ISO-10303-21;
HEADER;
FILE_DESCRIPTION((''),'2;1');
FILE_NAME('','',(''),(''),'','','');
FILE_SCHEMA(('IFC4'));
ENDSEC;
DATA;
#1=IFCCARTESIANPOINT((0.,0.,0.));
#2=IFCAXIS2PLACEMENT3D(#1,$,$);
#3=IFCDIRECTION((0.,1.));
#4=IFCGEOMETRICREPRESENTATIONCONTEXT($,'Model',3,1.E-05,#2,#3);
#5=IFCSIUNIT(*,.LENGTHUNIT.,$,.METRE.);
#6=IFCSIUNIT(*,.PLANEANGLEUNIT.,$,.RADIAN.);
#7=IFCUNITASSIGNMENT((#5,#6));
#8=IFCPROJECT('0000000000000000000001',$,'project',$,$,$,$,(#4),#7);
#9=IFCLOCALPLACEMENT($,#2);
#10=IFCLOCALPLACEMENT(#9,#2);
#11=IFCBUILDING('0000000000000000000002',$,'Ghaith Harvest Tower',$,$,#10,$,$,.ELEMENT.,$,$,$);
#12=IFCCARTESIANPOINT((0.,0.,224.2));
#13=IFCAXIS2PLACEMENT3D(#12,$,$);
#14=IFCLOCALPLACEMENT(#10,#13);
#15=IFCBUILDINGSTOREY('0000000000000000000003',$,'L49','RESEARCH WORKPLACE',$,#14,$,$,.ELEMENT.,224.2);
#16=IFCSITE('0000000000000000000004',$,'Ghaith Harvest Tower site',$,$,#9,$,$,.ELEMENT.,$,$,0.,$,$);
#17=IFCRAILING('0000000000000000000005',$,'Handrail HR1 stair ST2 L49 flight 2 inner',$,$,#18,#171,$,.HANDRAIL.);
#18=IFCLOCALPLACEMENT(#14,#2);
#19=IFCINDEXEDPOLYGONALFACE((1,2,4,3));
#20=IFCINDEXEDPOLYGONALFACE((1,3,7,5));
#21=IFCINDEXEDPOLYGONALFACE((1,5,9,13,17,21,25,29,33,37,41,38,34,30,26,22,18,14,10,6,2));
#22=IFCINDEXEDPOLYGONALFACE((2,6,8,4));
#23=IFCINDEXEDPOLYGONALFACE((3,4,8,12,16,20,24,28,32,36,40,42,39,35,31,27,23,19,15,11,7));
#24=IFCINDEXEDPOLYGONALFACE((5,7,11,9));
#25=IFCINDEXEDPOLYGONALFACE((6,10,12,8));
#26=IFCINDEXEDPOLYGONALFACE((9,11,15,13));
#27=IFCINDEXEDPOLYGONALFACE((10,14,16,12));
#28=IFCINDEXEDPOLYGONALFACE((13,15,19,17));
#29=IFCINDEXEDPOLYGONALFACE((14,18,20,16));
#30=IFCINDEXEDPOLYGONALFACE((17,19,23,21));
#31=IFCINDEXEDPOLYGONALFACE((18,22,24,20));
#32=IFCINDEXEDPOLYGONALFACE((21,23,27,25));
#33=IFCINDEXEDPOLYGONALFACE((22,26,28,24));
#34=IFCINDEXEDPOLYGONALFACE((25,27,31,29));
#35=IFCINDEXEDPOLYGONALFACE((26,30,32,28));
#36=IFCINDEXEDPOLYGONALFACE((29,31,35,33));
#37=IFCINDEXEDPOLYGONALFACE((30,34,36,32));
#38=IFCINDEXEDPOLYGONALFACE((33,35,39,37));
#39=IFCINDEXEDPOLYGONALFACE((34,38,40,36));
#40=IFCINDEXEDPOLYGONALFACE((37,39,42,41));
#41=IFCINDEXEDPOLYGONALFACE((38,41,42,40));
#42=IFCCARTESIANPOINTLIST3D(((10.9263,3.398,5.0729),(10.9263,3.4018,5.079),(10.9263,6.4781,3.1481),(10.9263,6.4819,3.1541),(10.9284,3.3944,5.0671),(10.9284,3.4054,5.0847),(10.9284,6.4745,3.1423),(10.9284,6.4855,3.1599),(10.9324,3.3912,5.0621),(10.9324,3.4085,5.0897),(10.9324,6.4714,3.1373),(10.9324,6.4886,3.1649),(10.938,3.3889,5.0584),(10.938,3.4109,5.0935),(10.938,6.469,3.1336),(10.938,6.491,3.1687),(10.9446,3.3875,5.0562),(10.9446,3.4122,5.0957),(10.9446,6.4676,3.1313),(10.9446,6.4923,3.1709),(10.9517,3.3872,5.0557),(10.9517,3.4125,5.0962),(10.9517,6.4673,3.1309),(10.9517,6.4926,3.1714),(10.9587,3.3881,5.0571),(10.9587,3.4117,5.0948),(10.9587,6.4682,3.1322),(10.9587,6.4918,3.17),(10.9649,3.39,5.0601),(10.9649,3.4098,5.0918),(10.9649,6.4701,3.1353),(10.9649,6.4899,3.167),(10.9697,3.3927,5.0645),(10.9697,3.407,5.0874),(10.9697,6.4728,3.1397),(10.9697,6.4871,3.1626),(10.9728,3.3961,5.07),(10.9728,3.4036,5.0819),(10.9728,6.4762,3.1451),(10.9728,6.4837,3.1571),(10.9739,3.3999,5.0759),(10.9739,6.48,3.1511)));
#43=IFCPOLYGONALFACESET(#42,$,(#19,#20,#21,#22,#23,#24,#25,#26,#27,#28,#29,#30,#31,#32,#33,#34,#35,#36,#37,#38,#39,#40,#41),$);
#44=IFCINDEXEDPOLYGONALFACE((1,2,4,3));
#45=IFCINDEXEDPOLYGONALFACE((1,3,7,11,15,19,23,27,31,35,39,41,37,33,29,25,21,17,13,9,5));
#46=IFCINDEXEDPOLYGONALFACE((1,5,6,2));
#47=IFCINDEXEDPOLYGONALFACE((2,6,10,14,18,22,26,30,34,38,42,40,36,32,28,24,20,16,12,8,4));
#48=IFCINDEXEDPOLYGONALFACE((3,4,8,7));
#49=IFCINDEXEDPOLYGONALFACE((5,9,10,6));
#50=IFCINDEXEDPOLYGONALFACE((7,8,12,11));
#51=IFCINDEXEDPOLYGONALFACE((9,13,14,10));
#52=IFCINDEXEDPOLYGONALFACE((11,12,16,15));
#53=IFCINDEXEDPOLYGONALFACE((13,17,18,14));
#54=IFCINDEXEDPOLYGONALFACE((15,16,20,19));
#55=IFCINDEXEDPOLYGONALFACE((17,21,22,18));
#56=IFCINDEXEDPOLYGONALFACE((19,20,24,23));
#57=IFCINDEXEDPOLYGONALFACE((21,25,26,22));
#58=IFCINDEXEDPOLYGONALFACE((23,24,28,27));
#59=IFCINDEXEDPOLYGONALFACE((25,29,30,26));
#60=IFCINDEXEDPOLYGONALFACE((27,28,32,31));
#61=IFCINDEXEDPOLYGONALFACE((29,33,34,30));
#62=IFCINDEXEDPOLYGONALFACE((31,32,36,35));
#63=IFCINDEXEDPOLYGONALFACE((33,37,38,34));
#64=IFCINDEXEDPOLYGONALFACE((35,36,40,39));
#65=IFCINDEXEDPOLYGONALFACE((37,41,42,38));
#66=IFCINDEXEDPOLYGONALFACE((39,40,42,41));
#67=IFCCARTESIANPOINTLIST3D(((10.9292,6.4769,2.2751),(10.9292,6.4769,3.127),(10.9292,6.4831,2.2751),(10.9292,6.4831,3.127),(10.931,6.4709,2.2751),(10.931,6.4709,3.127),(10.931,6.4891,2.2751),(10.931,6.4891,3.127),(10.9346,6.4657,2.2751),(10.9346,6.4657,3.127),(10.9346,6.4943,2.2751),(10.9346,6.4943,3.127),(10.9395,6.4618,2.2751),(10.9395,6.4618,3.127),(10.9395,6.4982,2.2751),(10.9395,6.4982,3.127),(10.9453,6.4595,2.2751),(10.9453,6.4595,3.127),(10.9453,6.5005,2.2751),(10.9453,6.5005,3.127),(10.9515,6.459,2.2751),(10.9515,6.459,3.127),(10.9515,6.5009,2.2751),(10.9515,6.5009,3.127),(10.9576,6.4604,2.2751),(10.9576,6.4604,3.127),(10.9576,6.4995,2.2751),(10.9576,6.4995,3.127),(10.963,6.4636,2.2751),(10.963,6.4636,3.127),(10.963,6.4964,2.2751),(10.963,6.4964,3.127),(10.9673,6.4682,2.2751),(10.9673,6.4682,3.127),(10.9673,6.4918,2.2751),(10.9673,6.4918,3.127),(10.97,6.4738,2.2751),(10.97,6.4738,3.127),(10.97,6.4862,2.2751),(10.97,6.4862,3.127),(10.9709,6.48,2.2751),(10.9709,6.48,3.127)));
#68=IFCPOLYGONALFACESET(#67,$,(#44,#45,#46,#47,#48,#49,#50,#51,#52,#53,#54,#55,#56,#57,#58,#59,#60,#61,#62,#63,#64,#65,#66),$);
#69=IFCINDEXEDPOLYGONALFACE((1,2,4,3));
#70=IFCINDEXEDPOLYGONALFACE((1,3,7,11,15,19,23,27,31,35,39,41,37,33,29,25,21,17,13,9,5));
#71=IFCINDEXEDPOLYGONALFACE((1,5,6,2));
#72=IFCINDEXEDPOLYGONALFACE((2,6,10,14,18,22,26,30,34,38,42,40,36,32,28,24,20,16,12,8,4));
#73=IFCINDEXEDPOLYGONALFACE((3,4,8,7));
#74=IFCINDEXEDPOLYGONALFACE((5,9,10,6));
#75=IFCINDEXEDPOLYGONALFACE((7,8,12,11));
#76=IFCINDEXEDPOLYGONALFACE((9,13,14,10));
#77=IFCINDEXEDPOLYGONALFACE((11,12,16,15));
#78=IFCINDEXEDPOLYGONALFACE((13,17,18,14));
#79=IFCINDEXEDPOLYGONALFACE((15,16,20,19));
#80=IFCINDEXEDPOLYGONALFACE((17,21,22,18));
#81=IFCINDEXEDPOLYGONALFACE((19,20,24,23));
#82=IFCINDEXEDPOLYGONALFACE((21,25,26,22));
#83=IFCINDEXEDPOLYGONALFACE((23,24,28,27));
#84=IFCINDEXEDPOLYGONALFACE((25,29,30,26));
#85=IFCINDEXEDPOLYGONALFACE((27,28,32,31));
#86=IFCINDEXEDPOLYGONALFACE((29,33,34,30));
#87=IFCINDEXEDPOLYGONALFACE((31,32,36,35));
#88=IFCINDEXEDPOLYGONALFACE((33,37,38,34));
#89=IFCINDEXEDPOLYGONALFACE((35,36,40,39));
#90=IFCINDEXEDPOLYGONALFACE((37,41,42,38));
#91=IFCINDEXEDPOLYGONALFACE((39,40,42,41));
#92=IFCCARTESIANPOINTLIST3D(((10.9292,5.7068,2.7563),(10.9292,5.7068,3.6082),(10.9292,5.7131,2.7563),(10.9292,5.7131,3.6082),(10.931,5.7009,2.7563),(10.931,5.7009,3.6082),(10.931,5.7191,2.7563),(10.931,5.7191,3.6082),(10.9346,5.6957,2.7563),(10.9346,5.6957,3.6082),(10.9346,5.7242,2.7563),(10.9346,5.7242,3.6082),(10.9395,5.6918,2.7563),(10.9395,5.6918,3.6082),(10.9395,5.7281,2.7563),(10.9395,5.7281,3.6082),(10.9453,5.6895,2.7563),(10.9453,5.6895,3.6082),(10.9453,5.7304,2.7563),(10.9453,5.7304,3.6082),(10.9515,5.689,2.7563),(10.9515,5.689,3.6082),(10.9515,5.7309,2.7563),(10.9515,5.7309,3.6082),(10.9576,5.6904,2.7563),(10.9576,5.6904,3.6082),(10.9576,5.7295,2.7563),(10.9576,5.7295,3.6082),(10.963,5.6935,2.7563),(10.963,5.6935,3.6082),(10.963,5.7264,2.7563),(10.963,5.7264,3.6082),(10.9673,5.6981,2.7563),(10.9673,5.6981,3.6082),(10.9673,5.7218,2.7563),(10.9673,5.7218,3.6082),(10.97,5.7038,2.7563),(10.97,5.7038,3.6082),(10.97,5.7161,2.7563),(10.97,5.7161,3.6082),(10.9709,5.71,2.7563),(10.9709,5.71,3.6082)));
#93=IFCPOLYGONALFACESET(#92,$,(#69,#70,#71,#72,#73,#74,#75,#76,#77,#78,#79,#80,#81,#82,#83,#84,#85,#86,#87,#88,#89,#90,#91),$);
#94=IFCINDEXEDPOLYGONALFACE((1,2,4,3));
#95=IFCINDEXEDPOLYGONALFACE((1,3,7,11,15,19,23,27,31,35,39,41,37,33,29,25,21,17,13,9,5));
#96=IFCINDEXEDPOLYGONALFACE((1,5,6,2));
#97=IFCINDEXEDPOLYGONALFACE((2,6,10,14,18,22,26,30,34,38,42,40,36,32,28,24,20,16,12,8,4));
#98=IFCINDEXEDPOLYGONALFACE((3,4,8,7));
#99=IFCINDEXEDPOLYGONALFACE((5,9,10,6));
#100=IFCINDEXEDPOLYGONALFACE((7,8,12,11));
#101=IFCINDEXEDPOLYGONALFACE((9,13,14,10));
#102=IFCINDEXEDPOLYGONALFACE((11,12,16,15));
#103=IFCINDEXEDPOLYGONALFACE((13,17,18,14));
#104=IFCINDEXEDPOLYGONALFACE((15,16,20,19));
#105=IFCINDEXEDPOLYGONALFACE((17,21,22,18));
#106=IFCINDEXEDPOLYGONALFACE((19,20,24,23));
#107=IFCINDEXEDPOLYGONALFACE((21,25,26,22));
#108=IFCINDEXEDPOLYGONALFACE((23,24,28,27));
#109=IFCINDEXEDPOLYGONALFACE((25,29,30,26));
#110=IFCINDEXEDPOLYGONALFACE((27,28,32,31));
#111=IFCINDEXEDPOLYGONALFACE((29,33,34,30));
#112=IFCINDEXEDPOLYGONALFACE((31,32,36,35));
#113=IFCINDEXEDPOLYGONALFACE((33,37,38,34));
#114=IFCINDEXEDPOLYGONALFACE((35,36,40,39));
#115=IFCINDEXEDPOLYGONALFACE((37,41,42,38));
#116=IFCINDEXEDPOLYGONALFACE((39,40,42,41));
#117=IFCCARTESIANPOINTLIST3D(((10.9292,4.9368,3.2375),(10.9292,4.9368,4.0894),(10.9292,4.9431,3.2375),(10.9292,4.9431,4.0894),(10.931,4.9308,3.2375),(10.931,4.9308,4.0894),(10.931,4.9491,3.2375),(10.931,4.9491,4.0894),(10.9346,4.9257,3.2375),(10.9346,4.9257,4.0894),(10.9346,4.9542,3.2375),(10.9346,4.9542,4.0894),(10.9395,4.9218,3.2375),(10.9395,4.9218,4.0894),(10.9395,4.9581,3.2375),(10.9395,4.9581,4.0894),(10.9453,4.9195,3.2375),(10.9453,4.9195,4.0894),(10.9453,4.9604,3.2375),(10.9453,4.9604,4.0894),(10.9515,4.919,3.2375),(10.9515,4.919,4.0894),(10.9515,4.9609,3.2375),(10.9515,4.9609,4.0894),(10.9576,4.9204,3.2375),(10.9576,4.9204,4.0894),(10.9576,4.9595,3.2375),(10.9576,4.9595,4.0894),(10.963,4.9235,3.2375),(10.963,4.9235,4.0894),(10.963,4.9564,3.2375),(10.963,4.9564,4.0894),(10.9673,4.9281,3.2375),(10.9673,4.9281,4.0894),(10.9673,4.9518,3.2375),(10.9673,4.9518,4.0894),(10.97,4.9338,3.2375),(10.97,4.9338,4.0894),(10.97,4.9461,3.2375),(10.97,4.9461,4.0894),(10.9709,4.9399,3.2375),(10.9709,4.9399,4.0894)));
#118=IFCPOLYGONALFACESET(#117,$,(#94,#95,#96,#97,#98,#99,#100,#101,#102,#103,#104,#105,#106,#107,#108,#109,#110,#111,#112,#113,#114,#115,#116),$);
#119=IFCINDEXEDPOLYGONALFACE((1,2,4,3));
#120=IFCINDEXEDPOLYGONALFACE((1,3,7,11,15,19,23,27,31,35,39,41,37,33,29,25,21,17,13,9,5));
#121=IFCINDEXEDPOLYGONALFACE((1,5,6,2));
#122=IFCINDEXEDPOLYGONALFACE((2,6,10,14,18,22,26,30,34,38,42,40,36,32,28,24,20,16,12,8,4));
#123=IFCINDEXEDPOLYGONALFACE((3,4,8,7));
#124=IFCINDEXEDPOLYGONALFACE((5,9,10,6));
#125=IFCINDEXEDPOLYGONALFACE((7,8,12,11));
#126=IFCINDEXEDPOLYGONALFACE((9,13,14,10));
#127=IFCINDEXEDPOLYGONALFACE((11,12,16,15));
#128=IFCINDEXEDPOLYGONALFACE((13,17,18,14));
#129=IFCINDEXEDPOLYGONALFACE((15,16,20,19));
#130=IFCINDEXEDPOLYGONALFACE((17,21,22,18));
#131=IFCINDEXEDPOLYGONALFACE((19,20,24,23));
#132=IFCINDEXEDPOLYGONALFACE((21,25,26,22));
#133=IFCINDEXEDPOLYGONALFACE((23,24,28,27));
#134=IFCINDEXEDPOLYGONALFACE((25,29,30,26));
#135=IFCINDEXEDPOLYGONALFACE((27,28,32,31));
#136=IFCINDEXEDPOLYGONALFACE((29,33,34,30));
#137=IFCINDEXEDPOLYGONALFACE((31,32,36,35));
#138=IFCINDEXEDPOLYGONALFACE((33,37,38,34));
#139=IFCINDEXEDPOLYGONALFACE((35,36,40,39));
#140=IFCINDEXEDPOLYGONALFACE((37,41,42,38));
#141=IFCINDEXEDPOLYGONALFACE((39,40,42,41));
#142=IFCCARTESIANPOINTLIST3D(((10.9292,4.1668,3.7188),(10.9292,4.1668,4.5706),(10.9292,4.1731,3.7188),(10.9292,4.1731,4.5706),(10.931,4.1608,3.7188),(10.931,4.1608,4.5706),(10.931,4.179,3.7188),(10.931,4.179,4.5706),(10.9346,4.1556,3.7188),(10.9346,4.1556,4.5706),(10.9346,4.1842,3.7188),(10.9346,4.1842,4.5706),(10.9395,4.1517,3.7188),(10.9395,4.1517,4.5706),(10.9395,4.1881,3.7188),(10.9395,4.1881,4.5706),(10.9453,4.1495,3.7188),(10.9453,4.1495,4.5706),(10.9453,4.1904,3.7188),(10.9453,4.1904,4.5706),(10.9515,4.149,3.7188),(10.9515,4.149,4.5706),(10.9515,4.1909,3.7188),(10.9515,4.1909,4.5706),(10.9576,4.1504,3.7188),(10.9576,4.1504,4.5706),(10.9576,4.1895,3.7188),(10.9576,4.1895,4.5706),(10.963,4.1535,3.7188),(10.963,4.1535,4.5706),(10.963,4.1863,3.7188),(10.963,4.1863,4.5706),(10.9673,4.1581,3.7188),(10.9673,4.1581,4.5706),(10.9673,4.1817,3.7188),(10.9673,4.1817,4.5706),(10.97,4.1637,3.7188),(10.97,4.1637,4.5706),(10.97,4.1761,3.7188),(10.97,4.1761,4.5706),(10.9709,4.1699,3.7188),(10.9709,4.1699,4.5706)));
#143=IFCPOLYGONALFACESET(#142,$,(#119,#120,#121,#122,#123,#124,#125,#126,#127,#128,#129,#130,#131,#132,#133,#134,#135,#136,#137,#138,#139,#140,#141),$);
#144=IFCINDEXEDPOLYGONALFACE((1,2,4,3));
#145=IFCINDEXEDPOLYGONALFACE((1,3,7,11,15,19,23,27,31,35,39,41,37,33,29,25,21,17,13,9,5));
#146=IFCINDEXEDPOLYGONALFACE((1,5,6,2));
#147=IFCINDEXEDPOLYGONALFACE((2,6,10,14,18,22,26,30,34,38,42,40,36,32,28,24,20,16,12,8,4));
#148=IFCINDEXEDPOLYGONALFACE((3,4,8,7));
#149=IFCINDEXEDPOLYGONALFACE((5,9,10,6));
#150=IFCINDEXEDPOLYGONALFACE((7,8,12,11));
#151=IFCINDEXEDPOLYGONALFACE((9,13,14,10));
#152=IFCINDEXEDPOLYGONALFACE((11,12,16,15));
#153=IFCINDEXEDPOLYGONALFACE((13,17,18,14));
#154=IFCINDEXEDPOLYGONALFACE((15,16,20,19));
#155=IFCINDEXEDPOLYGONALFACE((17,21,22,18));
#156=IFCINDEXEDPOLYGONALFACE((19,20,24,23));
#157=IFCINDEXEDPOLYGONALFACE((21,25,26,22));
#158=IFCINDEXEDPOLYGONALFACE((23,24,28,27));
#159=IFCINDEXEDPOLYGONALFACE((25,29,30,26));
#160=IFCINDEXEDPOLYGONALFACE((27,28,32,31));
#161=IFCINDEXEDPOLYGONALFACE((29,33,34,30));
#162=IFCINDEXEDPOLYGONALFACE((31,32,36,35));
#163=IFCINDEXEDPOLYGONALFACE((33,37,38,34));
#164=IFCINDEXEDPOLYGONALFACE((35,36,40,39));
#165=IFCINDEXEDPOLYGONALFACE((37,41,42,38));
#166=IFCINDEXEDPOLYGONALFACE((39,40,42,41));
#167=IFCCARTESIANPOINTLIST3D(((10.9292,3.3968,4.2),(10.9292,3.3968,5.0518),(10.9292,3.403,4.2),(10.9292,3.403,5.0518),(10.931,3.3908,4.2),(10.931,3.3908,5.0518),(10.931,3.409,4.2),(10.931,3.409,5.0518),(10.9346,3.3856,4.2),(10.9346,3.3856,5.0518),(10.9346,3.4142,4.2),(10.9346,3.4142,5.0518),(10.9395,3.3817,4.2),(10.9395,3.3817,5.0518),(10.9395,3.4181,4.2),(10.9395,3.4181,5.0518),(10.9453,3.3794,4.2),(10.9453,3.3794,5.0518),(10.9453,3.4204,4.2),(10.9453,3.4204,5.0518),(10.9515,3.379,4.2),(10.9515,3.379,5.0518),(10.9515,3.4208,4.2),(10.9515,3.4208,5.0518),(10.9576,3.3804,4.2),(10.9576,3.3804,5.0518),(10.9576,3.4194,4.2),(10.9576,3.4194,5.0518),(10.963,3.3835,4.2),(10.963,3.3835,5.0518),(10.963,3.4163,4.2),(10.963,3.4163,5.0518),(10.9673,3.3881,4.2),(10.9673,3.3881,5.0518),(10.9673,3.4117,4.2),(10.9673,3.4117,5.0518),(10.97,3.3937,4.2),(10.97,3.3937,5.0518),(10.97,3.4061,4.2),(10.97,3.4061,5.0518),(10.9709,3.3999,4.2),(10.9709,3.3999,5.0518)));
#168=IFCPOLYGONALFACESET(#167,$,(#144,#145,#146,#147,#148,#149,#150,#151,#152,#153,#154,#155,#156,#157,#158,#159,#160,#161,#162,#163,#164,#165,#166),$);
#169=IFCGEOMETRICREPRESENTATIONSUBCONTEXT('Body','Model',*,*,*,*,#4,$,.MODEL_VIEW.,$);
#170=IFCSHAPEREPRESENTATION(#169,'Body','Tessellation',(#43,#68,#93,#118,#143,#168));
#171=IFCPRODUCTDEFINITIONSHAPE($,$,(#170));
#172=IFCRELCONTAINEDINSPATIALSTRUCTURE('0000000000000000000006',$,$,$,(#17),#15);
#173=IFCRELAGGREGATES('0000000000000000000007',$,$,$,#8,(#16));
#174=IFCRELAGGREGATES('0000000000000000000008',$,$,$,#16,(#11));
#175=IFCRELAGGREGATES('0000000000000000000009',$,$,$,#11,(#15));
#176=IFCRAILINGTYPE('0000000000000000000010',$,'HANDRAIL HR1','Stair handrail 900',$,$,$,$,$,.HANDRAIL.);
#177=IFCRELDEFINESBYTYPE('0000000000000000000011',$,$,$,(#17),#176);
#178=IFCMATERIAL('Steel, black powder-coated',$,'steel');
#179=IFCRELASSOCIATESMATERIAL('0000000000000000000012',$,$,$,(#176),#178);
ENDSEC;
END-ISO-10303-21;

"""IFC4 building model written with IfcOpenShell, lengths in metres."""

from ifc_helpers import new_model, si_unit, direction, frame, origin, origin_2d, place, context, subcontext, project, spatial, circle, extrude, material, type_object, element, save


model = new_model("IFC4")

# Units and contexts
model_context = context("Model", 3, precision=1e-05, world=origin(), true_north=direction((0.0, 1.0)))
body_context = subcontext(model_context, "Body", "Model", "MODEL_VIEW")
ifc_project = project(units=[si_unit("LENGTHUNIT", "METRE"), si_unit("PLANEANGLEUNIT", "RADIAN")], contexts=[model_context])

# Site, building, storey
site_placement = place(None, origin())
site = spatial("IfcSite", under=ifc_project, at=site_placement, Name="Ghaith Harvest Tower site", CompositionType="ELEMENT", RefElevation=0.0)
building_placement = place(site_placement, origin())
building = spatial("IfcBuilding", under=site, at=building_placement, Name="Ghaith Harvest Tower", CompositionType="ELEMENT")
storey_placement = place(building_placement, frame((0.0, 0.0, 224.2)))
storey = spatial("IfcBuildingStorey", under=building, at=storey_placement, Name="L49", Description="RESEARCH WORKPLACE", CompositionType="ELEMENT", Elevation=224.2)

# Railing
ifc_material_1 = material(Name="Steel, black powder-coated", Category="steel")
railing_type = type_object("IfcRailingType", Name="HANDRAIL HR1", Description="Stair handrail 900", PredefinedType="HANDRAIL", material=ifc_material_1)
railing_1_placement = place(storey_placement, frame((10.95, 6.48, 2.2751)))
element("IfcRailing", 1, at=railing_1_placement, inside=storey, type_object=railing_type, Name="Handrail HR1 stair ST2 L49 flight 2 inner", PredefinedType="HANDRAIL", context=body_context, shape_type="SweptSolid", body=[
    extrude(circle(Radius=0.0239, at=origin_2d()), frame((0.0, 0.0, 0.876), z_axis=(0.0, -0.848029, 0.529951), x_axis=(1.0, 0.0, 0.0)), (0.0, 0.0, 1.0), 3.6321),
    extrude(circle(Radius=0.021, at=origin_2d()), origin(), (0.0, 0.0, 1.0), 0.8518),
    extrude(circle(Radius=0.021, at=origin_2d()), frame((0.0, -0.77, 0.4812)), (0.0, 0.0, 1.0), 0.8518),
    extrude(circle(Radius=0.021, at=origin_2d()), frame((0.0, -1.54, 0.9624)), (0.0, 0.0, 1.0), 0.8518),
    extrude(circle(Radius=0.021, at=origin_2d()), frame((0.0, -2.3101, 1.4436)), (0.0, 0.0, 1.0), 0.8518),
    extrude(circle(Radius=0.021, at=origin_2d()), frame((0.0, -3.0801, 1.9248)), (0.0, 0.0, 1.0), 0.8518),
])

save(model, "model.ifc")
